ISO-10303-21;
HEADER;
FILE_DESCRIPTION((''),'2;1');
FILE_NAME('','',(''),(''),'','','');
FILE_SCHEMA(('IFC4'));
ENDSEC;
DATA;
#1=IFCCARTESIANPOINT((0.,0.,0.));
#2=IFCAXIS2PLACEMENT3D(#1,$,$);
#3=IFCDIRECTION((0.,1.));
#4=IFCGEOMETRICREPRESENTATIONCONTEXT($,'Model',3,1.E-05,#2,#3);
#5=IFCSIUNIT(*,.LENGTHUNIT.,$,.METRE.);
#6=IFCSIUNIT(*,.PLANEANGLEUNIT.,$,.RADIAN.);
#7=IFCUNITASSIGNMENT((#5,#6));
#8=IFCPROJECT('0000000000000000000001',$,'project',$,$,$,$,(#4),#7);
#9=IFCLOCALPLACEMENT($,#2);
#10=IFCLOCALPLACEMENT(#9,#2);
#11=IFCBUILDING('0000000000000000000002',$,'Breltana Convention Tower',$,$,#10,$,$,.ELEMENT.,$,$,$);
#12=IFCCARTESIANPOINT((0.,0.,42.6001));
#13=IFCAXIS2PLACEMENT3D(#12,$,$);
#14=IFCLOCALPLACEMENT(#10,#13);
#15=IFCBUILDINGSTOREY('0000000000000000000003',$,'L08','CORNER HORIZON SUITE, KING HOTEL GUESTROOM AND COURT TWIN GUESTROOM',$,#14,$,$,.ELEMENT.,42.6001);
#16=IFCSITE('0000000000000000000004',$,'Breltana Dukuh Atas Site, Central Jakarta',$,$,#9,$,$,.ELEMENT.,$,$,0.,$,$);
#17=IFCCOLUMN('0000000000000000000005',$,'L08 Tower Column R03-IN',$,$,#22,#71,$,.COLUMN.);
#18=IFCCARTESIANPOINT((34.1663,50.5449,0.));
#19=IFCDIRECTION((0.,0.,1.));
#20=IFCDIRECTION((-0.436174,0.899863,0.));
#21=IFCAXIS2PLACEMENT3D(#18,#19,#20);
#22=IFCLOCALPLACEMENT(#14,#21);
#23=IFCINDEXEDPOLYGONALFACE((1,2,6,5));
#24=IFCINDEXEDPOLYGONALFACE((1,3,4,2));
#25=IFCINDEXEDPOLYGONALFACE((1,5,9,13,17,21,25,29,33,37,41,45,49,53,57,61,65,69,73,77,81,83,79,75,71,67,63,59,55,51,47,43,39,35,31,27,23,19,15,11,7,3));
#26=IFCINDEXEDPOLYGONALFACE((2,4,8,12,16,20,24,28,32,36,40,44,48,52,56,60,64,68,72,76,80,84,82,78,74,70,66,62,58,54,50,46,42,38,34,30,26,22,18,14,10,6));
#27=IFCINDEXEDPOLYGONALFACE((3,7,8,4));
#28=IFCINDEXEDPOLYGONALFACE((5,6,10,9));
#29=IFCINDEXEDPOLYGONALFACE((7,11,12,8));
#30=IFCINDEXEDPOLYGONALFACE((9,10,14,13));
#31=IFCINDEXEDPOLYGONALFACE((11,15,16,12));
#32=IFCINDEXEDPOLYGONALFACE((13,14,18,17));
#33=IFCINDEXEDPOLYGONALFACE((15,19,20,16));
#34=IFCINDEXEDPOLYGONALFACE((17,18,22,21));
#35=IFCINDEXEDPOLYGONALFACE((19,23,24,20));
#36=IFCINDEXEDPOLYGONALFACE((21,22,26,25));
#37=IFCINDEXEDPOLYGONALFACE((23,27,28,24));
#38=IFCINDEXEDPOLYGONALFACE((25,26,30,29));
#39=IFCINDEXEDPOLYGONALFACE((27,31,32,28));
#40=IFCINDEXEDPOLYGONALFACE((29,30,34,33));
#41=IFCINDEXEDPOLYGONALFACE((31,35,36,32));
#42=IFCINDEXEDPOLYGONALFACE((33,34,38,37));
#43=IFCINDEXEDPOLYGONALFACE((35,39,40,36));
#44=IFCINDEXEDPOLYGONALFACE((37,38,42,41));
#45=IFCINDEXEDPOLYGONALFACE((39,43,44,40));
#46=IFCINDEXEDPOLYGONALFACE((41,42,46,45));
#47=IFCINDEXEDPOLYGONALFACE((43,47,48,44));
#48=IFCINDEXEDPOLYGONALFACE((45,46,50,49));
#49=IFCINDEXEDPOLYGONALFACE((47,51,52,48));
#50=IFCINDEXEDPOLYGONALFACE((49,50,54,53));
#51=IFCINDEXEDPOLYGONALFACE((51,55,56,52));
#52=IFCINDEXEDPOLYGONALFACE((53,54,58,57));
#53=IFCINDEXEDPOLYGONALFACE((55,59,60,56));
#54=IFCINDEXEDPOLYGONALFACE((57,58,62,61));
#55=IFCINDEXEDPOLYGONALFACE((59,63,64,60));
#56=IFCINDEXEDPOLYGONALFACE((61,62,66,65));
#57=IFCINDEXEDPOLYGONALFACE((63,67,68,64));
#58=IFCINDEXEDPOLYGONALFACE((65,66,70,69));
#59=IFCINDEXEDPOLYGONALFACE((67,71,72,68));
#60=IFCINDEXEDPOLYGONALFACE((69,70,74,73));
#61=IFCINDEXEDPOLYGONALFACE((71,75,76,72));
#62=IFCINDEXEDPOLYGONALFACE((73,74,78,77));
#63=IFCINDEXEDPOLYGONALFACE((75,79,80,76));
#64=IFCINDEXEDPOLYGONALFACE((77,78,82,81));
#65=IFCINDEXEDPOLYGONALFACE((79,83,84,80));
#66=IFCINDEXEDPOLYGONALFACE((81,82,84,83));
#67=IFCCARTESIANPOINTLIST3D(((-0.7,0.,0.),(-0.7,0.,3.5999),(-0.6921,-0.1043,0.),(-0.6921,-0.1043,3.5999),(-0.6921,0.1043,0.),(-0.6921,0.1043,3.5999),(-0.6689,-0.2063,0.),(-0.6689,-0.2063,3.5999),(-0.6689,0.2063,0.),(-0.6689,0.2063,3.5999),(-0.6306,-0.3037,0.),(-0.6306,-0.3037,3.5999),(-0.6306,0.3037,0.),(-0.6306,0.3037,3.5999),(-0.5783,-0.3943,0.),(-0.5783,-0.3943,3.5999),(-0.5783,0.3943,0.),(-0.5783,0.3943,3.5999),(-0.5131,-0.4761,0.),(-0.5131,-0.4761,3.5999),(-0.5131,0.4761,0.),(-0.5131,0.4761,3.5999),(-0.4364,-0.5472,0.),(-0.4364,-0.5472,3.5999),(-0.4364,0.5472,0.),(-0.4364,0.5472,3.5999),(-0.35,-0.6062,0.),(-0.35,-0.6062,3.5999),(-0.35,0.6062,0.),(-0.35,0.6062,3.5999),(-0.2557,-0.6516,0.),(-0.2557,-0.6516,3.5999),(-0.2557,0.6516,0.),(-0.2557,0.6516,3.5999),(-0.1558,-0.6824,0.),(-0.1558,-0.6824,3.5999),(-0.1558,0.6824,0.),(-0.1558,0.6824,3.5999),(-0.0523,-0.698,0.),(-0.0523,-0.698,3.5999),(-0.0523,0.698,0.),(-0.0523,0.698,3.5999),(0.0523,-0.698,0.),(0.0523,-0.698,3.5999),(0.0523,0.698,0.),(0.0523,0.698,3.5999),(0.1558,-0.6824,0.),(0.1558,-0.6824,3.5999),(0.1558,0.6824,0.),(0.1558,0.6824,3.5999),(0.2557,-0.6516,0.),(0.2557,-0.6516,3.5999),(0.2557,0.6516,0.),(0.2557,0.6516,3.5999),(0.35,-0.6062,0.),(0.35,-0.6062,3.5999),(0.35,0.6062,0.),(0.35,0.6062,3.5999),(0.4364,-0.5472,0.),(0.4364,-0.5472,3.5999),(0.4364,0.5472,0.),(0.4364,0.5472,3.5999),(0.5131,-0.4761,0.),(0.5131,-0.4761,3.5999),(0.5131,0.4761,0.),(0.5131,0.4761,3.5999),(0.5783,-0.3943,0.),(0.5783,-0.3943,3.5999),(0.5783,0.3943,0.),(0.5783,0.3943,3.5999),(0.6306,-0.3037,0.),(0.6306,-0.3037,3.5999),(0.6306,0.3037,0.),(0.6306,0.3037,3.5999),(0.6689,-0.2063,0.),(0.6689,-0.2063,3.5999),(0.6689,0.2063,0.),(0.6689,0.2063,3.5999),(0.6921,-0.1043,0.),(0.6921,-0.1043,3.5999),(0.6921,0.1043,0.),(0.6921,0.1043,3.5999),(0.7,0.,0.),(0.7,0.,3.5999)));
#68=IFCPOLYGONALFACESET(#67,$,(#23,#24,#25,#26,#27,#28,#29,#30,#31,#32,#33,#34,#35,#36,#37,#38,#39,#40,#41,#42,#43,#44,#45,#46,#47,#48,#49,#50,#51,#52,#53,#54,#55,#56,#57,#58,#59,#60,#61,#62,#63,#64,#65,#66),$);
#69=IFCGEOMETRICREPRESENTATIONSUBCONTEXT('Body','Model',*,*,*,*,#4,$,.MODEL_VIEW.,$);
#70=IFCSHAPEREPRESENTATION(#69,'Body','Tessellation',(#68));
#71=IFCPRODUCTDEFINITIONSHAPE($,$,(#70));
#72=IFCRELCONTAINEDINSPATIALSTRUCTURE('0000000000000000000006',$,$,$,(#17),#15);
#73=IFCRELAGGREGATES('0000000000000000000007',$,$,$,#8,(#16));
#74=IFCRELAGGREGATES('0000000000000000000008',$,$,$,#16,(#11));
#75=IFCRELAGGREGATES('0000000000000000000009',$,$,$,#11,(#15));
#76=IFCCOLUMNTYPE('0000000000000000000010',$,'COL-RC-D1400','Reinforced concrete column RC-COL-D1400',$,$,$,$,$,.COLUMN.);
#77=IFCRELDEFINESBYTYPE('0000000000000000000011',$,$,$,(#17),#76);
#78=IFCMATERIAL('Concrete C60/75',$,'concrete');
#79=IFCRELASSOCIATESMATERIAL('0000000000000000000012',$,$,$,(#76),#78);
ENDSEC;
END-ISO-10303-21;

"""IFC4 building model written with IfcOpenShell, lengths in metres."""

from ifc_helpers import new_model, si_unit, direction, frame, origin, origin_2d, place, context, subcontext, project, spatial, circle, extrude, source, transform, mapped, material, material_profile, profile_set, type_object, element, save


model = new_model("IFC4")

# Units and contexts
model_context = context("Model", 3, precision=1e-05, world=origin(), true_north=direction((0.0, 1.0)))
body_context = subcontext(model_context, "Body", "Model", "MODEL_VIEW")
ifc_project = project(units=[si_unit("LENGTHUNIT", "METRE"), si_unit("PLANEANGLEUNIT", "RADIAN")], contexts=[model_context])

# Site, building, storey
site_placement = place(None, origin())
site = spatial("IfcSite", under=ifc_project, at=site_placement, Name="Breltana Dukuh Atas Site, Central Jakarta", CompositionType="ELEMENT", RefElevation=0.0)
building_placement = place(site_placement, origin())
building = spatial("IfcBuilding", under=site, at=building_placement, Name="Breltana Convention Tower", CompositionType="ELEMENT")
storey_placement = place(building_placement, frame((0.0, 0.0, 42.6001)))
storey = spatial("IfcBuildingStorey", under=building, at=storey_placement, Name="L08", Description="CORNER HORIZON SUITE, KING HOTEL GUESTROOM AND COURT TWIN GUESTROOM", CompositionType="ELEMENT", Elevation=42.6001)

# Column
ifc_material_1 = material(Name="Concrete C60/75", Category="concrete")
ifc_material_profile_1 = material_profile(ifc_material_1, circle(Radius=0.7, at=origin_2d()), Name="RC-COL-D1400")
ifc_profile_set_1 = profile_set([ifc_material_profile_1], Name="Concrete C60/75")
column_type = type_object("IfcColumnType", Name="COL-RC-D1400", Description="Reinforced concrete column RC-COL-D1400", PredefinedType="COLUMN", material=ifc_profile_set_1)
shared_shape_1 = source(origin(), body_context, "Body", "SweptSolid", [
    extrude(circle(Radius=0.7, at=origin_2d()), origin(), (0.0, 0.0, 1.0), 3.5999),
])
column_placement = place(storey_placement, frame((34.1663, 50.5449, 0.0), z_axis=(0.0, 0.0, 1.0), x_axis=(-0.436174, 0.899863, 0.0)))
element("IfcColumn", 1, at=column_placement, inside=storey, type_object=column_type, Name="L08 Tower Column R03-IN", PredefinedType="COLUMN", context=body_context, shape_type="MappedRepresentation", body=[
    mapped(shared_shape_1, transform((0.0, 0.0, 0.0), scale=1.0)),
])

save(model, "model.ifc")
